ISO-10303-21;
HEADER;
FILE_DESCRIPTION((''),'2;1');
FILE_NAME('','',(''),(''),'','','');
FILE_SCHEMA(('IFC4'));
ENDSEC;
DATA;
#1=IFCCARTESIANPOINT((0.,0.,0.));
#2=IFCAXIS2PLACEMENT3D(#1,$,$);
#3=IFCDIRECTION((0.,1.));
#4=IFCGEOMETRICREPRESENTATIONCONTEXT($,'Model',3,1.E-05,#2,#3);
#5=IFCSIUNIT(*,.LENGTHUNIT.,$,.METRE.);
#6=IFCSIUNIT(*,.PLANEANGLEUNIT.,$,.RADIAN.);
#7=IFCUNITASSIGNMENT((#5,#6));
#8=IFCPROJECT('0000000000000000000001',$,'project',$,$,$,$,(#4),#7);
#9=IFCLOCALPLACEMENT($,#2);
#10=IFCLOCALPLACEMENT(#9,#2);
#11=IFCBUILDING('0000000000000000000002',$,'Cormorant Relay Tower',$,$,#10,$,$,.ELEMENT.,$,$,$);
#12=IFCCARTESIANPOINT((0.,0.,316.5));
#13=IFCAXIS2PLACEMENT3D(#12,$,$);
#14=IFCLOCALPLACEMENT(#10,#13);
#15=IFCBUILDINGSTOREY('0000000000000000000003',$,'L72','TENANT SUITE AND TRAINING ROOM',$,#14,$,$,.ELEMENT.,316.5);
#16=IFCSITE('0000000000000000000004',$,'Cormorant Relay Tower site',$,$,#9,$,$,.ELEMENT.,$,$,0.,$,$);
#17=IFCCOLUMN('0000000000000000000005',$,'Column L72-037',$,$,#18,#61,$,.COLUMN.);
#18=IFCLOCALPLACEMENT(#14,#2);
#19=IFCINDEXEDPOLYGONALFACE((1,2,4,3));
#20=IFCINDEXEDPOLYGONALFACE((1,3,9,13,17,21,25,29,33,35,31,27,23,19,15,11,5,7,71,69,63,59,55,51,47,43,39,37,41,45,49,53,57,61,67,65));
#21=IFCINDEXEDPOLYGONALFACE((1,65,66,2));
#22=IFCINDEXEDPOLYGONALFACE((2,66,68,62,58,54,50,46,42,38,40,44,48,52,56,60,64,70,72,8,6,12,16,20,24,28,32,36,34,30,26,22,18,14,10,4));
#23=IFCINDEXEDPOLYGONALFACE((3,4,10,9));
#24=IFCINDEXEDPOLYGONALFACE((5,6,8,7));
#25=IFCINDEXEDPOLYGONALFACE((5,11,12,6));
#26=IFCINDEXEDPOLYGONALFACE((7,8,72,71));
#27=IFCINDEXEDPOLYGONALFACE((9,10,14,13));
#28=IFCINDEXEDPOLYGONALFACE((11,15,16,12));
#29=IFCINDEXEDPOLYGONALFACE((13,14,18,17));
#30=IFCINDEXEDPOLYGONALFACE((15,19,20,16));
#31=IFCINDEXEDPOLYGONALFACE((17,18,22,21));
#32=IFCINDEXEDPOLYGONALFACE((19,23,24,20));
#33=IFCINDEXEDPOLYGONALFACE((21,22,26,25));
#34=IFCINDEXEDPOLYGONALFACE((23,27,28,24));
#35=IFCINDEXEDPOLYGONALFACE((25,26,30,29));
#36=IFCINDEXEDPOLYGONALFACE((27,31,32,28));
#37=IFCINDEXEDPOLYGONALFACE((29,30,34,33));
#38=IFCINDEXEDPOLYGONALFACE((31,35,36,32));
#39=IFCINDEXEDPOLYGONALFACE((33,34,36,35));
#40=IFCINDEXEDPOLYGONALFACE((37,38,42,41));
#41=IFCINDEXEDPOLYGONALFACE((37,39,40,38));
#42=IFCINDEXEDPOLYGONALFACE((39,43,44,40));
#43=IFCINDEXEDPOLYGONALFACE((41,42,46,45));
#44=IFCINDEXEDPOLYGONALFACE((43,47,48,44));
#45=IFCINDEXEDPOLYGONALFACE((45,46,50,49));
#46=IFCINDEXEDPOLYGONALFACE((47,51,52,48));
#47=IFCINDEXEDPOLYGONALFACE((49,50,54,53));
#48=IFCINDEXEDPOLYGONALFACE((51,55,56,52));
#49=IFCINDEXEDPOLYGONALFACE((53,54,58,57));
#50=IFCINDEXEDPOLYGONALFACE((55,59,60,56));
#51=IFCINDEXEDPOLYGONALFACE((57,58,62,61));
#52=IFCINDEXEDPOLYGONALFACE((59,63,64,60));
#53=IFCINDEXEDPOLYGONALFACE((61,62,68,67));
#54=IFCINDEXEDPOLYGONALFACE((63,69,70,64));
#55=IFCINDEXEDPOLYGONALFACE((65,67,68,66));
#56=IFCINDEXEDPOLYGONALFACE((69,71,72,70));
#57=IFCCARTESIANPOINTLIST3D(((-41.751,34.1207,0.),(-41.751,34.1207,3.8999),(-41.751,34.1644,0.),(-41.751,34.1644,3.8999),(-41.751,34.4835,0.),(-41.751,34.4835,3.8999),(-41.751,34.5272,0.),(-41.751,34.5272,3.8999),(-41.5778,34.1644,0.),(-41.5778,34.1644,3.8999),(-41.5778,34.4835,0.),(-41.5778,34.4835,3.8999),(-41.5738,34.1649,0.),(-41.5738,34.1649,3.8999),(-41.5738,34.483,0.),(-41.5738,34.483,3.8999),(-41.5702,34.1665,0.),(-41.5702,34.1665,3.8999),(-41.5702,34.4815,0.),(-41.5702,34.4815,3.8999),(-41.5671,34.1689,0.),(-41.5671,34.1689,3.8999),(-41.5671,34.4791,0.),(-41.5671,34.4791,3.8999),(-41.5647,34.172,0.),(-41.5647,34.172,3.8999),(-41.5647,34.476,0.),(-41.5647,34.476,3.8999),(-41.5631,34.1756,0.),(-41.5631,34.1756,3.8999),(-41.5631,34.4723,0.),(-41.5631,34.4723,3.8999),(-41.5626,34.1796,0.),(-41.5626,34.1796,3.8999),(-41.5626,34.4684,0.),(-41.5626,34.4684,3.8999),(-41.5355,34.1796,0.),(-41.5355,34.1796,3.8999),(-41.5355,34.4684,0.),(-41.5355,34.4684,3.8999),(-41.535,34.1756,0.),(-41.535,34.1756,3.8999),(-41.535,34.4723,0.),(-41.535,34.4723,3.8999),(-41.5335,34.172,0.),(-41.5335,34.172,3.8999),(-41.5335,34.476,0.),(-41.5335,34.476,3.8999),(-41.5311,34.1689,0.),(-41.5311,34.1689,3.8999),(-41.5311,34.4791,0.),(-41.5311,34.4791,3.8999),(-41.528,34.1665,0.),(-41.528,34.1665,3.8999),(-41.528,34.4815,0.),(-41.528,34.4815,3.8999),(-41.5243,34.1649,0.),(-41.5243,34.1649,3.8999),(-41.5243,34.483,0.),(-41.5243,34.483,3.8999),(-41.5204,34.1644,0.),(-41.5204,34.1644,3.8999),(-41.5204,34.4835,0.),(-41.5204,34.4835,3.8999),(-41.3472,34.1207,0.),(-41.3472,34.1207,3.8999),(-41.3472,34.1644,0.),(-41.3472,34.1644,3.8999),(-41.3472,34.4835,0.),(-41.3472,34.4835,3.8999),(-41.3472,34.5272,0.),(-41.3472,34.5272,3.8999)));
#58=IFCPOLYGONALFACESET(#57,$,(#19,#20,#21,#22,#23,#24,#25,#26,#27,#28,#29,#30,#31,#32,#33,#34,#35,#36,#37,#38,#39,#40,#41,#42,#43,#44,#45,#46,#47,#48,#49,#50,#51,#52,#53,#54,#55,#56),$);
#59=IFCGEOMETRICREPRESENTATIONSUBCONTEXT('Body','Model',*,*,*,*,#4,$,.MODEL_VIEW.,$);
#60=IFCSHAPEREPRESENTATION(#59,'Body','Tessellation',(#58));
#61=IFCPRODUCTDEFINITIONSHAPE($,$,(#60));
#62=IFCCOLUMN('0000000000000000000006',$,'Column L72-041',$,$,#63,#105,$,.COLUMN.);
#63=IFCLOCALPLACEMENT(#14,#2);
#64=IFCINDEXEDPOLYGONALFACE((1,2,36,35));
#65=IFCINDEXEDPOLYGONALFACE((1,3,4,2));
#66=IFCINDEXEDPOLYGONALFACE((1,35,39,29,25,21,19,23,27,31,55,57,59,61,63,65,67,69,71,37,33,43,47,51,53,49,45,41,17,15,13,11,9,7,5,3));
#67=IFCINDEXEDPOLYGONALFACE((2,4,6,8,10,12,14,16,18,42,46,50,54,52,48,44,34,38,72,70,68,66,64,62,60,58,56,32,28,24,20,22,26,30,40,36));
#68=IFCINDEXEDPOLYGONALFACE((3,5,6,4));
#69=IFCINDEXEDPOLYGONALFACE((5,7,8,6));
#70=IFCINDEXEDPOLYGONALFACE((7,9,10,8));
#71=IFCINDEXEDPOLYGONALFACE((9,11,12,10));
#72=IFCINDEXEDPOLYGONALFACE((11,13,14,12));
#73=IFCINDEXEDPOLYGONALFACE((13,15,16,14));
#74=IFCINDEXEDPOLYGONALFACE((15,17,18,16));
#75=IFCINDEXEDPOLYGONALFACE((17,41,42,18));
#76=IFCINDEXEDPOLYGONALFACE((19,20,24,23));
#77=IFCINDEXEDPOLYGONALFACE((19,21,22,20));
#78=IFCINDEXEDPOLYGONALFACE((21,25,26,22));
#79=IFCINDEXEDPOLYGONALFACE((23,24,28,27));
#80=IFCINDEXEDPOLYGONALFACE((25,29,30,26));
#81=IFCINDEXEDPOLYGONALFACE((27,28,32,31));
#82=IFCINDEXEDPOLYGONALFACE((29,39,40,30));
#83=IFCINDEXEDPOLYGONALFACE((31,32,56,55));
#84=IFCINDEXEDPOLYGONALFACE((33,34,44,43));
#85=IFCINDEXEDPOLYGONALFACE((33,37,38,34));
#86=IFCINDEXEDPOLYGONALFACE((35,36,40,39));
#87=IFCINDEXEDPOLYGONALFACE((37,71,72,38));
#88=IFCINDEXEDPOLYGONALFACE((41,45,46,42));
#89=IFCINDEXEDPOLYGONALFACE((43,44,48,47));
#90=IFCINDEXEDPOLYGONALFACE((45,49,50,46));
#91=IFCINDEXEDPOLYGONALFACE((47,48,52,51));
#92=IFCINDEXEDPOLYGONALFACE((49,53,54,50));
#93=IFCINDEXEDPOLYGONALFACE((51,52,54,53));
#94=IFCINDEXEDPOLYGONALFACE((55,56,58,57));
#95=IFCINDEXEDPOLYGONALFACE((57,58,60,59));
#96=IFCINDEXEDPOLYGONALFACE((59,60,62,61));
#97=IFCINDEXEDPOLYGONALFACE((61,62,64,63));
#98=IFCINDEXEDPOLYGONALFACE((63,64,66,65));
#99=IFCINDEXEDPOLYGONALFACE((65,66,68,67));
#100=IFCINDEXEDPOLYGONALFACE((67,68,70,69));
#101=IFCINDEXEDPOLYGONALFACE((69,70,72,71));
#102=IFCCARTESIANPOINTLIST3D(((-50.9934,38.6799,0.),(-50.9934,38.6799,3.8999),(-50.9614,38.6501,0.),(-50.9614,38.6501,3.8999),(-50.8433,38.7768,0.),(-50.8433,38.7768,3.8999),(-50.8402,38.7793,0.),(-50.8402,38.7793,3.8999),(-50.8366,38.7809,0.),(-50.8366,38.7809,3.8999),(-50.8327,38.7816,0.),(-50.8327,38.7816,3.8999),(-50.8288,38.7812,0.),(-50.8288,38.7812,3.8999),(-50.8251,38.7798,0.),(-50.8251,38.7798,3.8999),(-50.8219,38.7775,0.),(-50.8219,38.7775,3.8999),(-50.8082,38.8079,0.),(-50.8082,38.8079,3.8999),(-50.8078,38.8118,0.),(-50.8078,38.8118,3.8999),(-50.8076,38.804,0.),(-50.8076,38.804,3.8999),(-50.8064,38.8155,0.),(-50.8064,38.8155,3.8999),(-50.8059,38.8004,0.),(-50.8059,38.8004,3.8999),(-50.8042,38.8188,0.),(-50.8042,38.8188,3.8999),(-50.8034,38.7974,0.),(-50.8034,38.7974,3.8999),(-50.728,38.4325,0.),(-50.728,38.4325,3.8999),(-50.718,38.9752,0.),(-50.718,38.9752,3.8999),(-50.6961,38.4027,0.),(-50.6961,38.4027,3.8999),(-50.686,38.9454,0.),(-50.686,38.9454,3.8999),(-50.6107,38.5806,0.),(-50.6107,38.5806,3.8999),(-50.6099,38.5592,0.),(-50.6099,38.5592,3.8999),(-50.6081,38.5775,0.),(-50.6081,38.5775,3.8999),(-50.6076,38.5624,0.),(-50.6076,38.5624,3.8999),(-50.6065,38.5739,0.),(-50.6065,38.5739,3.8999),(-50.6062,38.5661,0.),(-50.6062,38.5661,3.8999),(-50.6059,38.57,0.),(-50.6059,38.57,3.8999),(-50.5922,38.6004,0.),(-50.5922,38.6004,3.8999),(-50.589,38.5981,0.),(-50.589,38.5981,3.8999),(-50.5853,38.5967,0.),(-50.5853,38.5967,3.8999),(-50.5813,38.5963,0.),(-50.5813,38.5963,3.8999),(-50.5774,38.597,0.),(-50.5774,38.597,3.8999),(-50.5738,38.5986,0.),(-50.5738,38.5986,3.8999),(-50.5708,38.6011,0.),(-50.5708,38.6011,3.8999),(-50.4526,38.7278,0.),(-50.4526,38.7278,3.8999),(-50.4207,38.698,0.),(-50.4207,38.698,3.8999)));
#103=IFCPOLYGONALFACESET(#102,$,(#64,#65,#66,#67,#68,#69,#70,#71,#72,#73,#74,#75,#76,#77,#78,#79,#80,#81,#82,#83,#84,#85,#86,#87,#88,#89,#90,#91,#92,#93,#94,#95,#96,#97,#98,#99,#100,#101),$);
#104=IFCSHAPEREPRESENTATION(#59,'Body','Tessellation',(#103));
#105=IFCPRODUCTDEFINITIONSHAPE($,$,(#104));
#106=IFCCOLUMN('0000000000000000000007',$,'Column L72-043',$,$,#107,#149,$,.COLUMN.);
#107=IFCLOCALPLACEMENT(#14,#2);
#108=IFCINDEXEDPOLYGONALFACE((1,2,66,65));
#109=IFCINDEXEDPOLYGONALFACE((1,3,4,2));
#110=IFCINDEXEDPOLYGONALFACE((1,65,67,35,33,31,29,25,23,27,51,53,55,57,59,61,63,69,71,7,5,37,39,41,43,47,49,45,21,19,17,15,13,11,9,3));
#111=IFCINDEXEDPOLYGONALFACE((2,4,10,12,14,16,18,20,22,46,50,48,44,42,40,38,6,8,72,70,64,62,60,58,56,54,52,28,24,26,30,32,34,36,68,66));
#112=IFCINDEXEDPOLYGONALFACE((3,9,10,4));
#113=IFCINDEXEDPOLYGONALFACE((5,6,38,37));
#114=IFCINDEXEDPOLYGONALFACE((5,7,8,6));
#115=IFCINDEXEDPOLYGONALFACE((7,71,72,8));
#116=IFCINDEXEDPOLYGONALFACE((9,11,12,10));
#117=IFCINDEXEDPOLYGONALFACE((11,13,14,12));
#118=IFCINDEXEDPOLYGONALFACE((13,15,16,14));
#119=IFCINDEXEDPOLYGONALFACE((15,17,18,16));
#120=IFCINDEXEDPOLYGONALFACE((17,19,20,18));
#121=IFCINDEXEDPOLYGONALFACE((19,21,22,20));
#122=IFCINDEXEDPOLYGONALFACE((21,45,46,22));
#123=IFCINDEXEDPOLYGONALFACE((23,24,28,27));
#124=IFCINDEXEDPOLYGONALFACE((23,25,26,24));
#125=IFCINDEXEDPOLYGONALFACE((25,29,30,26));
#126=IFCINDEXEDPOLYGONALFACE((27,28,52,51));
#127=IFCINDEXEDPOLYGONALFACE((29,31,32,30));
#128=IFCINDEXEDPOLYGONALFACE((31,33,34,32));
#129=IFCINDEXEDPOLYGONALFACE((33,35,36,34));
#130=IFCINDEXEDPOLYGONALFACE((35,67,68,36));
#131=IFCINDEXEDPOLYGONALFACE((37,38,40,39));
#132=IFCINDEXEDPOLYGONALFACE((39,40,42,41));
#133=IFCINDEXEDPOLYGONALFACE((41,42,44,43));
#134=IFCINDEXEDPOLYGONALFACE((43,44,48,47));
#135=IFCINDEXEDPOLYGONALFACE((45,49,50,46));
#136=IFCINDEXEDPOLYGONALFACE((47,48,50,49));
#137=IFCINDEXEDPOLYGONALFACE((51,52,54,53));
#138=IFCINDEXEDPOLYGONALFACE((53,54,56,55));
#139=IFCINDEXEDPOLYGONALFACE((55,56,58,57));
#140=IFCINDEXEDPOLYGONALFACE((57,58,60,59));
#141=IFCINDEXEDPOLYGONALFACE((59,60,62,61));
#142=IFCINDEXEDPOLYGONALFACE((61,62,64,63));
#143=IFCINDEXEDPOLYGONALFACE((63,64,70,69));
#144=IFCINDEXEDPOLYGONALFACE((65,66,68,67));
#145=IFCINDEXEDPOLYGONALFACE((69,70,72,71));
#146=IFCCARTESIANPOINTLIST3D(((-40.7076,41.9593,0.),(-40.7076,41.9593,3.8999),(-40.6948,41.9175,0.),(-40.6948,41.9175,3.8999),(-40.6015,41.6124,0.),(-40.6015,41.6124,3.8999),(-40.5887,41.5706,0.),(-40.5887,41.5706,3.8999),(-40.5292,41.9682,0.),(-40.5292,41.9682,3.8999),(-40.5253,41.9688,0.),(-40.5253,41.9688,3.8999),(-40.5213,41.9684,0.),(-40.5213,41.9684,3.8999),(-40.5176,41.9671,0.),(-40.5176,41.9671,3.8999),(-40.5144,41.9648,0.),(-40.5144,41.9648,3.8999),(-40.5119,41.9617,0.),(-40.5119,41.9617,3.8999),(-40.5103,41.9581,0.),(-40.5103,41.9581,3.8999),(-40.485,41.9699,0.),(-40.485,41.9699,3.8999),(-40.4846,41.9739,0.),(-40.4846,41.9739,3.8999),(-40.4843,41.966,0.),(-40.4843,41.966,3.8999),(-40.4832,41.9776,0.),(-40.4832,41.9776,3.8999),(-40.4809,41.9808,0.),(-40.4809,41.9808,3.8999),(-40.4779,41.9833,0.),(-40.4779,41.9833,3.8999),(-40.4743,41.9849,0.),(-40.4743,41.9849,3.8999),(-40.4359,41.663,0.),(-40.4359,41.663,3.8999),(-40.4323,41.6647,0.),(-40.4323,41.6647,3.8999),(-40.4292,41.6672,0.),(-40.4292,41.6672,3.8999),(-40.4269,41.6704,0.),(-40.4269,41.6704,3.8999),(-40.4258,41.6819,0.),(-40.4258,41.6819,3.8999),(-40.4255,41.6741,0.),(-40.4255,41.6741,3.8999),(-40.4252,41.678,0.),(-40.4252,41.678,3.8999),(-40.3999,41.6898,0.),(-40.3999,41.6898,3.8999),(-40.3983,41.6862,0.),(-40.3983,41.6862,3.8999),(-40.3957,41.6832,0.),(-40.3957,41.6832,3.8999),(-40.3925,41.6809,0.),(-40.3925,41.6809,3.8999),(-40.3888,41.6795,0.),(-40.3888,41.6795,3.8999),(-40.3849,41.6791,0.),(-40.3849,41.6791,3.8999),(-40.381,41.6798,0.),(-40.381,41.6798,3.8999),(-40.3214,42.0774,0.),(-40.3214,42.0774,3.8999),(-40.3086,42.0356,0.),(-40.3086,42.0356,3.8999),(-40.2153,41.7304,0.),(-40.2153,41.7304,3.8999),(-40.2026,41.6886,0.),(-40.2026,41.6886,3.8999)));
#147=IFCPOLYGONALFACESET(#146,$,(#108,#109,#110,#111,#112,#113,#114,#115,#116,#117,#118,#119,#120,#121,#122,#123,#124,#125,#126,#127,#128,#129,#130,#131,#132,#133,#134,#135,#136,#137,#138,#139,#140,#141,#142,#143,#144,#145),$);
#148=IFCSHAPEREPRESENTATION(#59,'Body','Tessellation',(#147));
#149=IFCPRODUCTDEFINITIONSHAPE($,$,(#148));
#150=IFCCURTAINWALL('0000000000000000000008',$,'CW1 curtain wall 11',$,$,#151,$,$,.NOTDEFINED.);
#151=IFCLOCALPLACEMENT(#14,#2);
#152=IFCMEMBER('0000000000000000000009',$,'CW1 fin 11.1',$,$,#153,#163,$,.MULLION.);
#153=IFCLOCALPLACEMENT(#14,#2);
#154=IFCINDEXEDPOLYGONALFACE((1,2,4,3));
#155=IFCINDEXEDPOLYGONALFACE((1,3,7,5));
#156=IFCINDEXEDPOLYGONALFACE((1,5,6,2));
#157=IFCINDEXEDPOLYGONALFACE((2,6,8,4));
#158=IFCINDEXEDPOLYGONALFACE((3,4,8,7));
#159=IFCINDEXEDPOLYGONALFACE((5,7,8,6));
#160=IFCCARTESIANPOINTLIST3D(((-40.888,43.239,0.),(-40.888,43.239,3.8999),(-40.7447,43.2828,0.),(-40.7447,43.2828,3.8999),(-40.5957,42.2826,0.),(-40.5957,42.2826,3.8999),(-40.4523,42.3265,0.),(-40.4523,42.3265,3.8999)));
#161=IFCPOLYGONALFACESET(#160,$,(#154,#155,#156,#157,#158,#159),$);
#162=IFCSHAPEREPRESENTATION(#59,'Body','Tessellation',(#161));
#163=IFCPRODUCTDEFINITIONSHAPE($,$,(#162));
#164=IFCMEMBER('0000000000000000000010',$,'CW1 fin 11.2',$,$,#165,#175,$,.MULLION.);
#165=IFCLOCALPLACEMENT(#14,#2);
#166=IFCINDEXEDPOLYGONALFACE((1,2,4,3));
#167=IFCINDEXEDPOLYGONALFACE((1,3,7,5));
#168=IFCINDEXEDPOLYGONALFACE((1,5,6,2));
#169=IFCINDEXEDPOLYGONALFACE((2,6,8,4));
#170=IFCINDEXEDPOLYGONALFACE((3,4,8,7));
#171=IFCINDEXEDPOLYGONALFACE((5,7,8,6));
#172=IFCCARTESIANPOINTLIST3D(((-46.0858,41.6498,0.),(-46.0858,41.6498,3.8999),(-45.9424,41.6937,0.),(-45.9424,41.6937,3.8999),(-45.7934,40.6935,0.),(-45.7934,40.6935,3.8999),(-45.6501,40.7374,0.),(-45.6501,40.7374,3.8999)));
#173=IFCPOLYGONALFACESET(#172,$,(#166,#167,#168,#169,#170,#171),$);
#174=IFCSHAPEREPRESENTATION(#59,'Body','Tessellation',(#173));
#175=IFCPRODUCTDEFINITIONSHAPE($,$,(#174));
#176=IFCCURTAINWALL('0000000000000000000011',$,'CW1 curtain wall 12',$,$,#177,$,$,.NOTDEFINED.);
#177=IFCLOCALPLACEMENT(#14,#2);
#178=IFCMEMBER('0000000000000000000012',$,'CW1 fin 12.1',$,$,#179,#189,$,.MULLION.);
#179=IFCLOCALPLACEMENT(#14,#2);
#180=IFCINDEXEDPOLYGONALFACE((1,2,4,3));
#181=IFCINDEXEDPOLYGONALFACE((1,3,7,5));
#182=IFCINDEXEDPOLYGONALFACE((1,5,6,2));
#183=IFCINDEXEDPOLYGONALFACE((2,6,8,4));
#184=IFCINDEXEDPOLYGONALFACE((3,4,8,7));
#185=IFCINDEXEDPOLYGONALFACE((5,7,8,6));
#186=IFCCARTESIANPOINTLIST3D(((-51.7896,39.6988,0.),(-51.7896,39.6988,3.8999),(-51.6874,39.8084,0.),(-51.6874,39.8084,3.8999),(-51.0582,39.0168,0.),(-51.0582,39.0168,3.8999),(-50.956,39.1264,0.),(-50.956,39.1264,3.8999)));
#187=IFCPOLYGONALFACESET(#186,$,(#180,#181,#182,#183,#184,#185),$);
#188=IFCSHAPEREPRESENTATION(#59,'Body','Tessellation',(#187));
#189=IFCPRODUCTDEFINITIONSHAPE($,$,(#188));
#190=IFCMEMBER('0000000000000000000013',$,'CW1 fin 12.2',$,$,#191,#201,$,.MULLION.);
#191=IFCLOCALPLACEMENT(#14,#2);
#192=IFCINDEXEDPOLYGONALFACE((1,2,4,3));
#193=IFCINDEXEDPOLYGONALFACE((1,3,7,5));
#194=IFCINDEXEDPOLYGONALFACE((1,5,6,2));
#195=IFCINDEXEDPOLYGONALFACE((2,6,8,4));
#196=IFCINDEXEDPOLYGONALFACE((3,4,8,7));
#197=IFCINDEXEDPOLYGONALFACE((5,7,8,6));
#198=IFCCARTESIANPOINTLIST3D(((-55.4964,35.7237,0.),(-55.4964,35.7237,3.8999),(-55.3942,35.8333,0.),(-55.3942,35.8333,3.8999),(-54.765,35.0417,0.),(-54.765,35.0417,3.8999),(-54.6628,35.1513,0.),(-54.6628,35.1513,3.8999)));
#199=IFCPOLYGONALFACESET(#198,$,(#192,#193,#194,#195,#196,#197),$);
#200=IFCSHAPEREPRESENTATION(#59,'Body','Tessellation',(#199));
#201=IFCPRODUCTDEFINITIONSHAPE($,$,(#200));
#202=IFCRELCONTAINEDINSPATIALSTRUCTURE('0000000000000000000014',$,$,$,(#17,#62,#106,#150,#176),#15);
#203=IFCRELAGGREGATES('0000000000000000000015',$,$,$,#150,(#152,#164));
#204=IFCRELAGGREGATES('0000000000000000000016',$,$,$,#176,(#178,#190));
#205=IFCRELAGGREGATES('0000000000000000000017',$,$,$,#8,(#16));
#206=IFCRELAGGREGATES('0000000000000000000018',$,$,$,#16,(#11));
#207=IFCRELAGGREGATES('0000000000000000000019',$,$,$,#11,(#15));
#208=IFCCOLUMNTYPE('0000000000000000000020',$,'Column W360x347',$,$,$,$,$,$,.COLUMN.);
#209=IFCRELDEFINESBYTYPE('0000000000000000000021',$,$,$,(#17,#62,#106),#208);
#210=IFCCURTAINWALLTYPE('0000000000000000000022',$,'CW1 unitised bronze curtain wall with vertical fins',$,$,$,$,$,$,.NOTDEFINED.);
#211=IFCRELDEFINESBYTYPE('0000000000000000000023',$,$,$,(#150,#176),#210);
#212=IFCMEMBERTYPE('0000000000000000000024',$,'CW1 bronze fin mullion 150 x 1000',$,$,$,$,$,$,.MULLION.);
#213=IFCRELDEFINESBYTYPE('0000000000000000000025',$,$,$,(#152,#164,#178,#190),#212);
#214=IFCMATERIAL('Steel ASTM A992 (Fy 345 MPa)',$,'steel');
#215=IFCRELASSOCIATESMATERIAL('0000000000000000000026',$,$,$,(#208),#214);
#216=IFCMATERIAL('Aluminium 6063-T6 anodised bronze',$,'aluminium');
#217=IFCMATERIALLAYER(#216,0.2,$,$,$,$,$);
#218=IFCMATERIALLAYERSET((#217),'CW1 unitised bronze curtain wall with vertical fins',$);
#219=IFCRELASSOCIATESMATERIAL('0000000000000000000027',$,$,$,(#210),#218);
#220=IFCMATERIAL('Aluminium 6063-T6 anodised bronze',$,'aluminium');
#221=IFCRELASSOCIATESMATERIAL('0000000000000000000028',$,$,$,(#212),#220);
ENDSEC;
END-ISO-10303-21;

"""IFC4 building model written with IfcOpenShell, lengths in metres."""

from ifc_helpers import new_model, si_unit, direction, frame, origin, origin_2d, place, context, subcontext, project, spatial, rectangle, i_section, extrude, material, layer, layer_set, material_profile, profile_set, type_object, element, aggregate, save


model = new_model("IFC4")

# Units and contexts
model_context = context("Model", 3, precision=1e-05, world=origin(), true_north=direction((0.0, 1.0)))
body_context = subcontext(model_context, "Body", "Model", "MODEL_VIEW")
ifc_project = project(units=[si_unit("LENGTHUNIT", "METRE"), si_unit("PLANEANGLEUNIT", "RADIAN")], contexts=[model_context])

# Site, building, storey
site_placement = place(None, origin())
site = spatial("IfcSite", under=ifc_project, at=site_placement, Name="Cormorant Relay Tower site", CompositionType="ELEMENT", RefElevation=0.0)
building_placement = place(site_placement, origin())
building = spatial("IfcBuilding", under=site, at=building_placement, Name="Cormorant Relay Tower", CompositionType="ELEMENT")
storey_placement = place(building_placement, frame((0.0, 0.0, 316.5)))
storey = spatial("IfcBuildingStorey", under=building, at=storey_placement, Name="L72", Description="TENANT SUITE AND TRAINING ROOM", CompositionType="ELEMENT", Elevation=316.5)

# Columns
ifc_material_1 = material(Name="Steel ASTM A992 (Fy 345 MPa)", Category="steel")
ifc_material_profile_1 = material_profile(ifc_material_1, i_section(OverallWidth=0.4038, OverallDepth=0.4065, WebThickness=0.0271, FlangeThickness=0.0437, FilletRadius=0.0151, at=origin_2d()), Name="W360x347")
ifc_profile_set_1 = profile_set([ifc_material_profile_1], Name="Steel ASTM A992 (Fy 345 MPa)")
column_type = type_object("IfcColumnType", Name="Column W360x347", PredefinedType="COLUMN", material=ifc_profile_set_1)
for number, where, z_axis, x_axis, name in (
    (1, (-41.5491, 34.324, 0.0), (0.0, 0.0, 1.0), (1.0, 0.0, 0.0), "Column L72-037"),
    (2, (-50.707, 38.689, 0.0), (0.0, 0.0, 1.0), (-0.681998, -0.731354, 0.0), "Column L72-041"),
    (3, (-40.4551, 41.824, 0.0), (0.0, 0.0, 1.0), (-0.956305, -0.292372, 0.0), "Column L72-043"),
):
    element("IfcColumn", number, at=place(storey_placement, frame(where, z_axis=z_axis, x_axis=x_axis)), inside=storey, type_object=column_type, Name=name, PredefinedType="COLUMN", context=body_context, shape_type="SweptSolid", body=[
        extrude(i_section(OverallWidth=0.4038, OverallDepth=0.4065, WebThickness=0.0271, FlangeThickness=0.0437, FilletRadius=0.0151, at=origin_2d()), origin(), (0.0, 0.0, 1.0), 3.8999),
    ])

# Curtain walls, members
ifc_material_2 = material(Name="Aluminium 6063-T6 anodised bronze", Category="aluminium")
ifc_layer_1 = layer(ifc_material_2, 0.2)
ifc_layer_set_1 = layer_set([ifc_layer_1], Name="CW1 unitised bronze curtain wall with vertical fins")
curtain_wall_type = type_object("IfcCurtainWallType", Name="CW1 unitised bronze curtain wall with vertical fins", PredefinedType="NOTDEFINED", material=ifc_layer_set_1)
curtain_wall_1_placement = place(storey_placement, origin())
curtain_wall_1 = element("IfcCurtainWall", 4, at=curtain_wall_1_placement, inside=storey, type_object=curtain_wall_type, Name="CW1 curtain wall 11", PredefinedType="NOTDEFINED")
ifc_material_3 = material(Name="Aluminium 6063-T6 anodised bronze", Category="aluminium")
ifc_material_profile_2 = material_profile(ifc_material_3, rectangle(XDim=0.1499, YDim=1.0, at=origin_2d()), Name="AL 150x1000")
ifc_profile_set_2 = profile_set([ifc_material_profile_2], Name="Aluminium 6063-T6 anodised bronze")
member_type_1 = type_object("IfcMemberType", Name="CW1 bronze fin mullion 150 x 1000", PredefinedType="MULLION", material=ifc_profile_set_2)
member_1_placement = place(storey_placement, frame((-40.6702, 42.7827, 0.0), z_axis=(0.0, 0.0, 1.0), x_axis=(-0.956305, -0.292372, 0.0)))
member_1 = element("IfcMember", 5, at=member_1_placement, type_object=member_type_1, Name="CW1 fin 11.1", PredefinedType="MULLION", context=body_context, shape_type="SweptSolid", body=[
    extrude(rectangle(XDim=0.1499, YDim=1.0, at=origin_2d()), origin(), (0.0, 0.0, 1.0), 3.8999),
])
member_2_placement = place(storey_placement, frame((-45.8679, 41.1936, 0.0), z_axis=(0.0, 0.0, 1.0), x_axis=(-0.956305, -0.292372, 0.0)))
member_2 = element("IfcMember", 6, at=member_2_placement, type_object=member_type_1, Name="CW1 fin 11.2", PredefinedType="MULLION", context=body_context, shape_type="SweptSolid", body=[
    extrude(rectangle(XDim=0.1499, YDim=1.0, at=origin_2d()), origin(), (0.0, 0.0, 1.0), 3.8999),
])
curtain_wall_2_placement = place(storey_placement, origin())
curtain_wall_2 = element("IfcCurtainWall", 7, at=curtain_wall_2_placement, inside=storey, type_object=curtain_wall_type, Name="CW1 curtain wall 12", PredefinedType="NOTDEFINED")
member_3_placement = place(storey_placement, frame((-51.3728, 39.4126, 0.0), z_axis=(0.0, 0.0, 1.0), x_axis=(-0.681998, -0.731354, 0.0)))
member_3 = element("IfcMember", 8, at=member_3_placement, type_object=member_type_1, Name="CW1 fin 12.1", PredefinedType="MULLION", context=body_context, shape_type="SweptSolid", body=[
    extrude(rectangle(XDim=0.1499, YDim=1.0, at=origin_2d()), origin(), (0.0, 0.0, 1.0), 3.8999),
])
member_4_placement = place(storey_placement, frame((-55.0796, 35.4375, 0.0), z_axis=(0.0, 0.0, 1.0), x_axis=(-0.681998, -0.731354, 0.0)))
member_4 = element("IfcMember", 9, at=member_4_placement, type_object=member_type_1, Name="CW1 fin 12.2", PredefinedType="MULLION", context=body_context, shape_type="SweptSolid", body=[
    extrude(rectangle(XDim=0.1499, YDim=1.0, at=origin_2d()), origin(), (0.0, 0.0, 1.0), 3.8999),
])

aggregate(curtain_wall_1, [member_1, member_2])
aggregate(curtain_wall_2, [member_3, member_4])

save(model, "model.ifc")
